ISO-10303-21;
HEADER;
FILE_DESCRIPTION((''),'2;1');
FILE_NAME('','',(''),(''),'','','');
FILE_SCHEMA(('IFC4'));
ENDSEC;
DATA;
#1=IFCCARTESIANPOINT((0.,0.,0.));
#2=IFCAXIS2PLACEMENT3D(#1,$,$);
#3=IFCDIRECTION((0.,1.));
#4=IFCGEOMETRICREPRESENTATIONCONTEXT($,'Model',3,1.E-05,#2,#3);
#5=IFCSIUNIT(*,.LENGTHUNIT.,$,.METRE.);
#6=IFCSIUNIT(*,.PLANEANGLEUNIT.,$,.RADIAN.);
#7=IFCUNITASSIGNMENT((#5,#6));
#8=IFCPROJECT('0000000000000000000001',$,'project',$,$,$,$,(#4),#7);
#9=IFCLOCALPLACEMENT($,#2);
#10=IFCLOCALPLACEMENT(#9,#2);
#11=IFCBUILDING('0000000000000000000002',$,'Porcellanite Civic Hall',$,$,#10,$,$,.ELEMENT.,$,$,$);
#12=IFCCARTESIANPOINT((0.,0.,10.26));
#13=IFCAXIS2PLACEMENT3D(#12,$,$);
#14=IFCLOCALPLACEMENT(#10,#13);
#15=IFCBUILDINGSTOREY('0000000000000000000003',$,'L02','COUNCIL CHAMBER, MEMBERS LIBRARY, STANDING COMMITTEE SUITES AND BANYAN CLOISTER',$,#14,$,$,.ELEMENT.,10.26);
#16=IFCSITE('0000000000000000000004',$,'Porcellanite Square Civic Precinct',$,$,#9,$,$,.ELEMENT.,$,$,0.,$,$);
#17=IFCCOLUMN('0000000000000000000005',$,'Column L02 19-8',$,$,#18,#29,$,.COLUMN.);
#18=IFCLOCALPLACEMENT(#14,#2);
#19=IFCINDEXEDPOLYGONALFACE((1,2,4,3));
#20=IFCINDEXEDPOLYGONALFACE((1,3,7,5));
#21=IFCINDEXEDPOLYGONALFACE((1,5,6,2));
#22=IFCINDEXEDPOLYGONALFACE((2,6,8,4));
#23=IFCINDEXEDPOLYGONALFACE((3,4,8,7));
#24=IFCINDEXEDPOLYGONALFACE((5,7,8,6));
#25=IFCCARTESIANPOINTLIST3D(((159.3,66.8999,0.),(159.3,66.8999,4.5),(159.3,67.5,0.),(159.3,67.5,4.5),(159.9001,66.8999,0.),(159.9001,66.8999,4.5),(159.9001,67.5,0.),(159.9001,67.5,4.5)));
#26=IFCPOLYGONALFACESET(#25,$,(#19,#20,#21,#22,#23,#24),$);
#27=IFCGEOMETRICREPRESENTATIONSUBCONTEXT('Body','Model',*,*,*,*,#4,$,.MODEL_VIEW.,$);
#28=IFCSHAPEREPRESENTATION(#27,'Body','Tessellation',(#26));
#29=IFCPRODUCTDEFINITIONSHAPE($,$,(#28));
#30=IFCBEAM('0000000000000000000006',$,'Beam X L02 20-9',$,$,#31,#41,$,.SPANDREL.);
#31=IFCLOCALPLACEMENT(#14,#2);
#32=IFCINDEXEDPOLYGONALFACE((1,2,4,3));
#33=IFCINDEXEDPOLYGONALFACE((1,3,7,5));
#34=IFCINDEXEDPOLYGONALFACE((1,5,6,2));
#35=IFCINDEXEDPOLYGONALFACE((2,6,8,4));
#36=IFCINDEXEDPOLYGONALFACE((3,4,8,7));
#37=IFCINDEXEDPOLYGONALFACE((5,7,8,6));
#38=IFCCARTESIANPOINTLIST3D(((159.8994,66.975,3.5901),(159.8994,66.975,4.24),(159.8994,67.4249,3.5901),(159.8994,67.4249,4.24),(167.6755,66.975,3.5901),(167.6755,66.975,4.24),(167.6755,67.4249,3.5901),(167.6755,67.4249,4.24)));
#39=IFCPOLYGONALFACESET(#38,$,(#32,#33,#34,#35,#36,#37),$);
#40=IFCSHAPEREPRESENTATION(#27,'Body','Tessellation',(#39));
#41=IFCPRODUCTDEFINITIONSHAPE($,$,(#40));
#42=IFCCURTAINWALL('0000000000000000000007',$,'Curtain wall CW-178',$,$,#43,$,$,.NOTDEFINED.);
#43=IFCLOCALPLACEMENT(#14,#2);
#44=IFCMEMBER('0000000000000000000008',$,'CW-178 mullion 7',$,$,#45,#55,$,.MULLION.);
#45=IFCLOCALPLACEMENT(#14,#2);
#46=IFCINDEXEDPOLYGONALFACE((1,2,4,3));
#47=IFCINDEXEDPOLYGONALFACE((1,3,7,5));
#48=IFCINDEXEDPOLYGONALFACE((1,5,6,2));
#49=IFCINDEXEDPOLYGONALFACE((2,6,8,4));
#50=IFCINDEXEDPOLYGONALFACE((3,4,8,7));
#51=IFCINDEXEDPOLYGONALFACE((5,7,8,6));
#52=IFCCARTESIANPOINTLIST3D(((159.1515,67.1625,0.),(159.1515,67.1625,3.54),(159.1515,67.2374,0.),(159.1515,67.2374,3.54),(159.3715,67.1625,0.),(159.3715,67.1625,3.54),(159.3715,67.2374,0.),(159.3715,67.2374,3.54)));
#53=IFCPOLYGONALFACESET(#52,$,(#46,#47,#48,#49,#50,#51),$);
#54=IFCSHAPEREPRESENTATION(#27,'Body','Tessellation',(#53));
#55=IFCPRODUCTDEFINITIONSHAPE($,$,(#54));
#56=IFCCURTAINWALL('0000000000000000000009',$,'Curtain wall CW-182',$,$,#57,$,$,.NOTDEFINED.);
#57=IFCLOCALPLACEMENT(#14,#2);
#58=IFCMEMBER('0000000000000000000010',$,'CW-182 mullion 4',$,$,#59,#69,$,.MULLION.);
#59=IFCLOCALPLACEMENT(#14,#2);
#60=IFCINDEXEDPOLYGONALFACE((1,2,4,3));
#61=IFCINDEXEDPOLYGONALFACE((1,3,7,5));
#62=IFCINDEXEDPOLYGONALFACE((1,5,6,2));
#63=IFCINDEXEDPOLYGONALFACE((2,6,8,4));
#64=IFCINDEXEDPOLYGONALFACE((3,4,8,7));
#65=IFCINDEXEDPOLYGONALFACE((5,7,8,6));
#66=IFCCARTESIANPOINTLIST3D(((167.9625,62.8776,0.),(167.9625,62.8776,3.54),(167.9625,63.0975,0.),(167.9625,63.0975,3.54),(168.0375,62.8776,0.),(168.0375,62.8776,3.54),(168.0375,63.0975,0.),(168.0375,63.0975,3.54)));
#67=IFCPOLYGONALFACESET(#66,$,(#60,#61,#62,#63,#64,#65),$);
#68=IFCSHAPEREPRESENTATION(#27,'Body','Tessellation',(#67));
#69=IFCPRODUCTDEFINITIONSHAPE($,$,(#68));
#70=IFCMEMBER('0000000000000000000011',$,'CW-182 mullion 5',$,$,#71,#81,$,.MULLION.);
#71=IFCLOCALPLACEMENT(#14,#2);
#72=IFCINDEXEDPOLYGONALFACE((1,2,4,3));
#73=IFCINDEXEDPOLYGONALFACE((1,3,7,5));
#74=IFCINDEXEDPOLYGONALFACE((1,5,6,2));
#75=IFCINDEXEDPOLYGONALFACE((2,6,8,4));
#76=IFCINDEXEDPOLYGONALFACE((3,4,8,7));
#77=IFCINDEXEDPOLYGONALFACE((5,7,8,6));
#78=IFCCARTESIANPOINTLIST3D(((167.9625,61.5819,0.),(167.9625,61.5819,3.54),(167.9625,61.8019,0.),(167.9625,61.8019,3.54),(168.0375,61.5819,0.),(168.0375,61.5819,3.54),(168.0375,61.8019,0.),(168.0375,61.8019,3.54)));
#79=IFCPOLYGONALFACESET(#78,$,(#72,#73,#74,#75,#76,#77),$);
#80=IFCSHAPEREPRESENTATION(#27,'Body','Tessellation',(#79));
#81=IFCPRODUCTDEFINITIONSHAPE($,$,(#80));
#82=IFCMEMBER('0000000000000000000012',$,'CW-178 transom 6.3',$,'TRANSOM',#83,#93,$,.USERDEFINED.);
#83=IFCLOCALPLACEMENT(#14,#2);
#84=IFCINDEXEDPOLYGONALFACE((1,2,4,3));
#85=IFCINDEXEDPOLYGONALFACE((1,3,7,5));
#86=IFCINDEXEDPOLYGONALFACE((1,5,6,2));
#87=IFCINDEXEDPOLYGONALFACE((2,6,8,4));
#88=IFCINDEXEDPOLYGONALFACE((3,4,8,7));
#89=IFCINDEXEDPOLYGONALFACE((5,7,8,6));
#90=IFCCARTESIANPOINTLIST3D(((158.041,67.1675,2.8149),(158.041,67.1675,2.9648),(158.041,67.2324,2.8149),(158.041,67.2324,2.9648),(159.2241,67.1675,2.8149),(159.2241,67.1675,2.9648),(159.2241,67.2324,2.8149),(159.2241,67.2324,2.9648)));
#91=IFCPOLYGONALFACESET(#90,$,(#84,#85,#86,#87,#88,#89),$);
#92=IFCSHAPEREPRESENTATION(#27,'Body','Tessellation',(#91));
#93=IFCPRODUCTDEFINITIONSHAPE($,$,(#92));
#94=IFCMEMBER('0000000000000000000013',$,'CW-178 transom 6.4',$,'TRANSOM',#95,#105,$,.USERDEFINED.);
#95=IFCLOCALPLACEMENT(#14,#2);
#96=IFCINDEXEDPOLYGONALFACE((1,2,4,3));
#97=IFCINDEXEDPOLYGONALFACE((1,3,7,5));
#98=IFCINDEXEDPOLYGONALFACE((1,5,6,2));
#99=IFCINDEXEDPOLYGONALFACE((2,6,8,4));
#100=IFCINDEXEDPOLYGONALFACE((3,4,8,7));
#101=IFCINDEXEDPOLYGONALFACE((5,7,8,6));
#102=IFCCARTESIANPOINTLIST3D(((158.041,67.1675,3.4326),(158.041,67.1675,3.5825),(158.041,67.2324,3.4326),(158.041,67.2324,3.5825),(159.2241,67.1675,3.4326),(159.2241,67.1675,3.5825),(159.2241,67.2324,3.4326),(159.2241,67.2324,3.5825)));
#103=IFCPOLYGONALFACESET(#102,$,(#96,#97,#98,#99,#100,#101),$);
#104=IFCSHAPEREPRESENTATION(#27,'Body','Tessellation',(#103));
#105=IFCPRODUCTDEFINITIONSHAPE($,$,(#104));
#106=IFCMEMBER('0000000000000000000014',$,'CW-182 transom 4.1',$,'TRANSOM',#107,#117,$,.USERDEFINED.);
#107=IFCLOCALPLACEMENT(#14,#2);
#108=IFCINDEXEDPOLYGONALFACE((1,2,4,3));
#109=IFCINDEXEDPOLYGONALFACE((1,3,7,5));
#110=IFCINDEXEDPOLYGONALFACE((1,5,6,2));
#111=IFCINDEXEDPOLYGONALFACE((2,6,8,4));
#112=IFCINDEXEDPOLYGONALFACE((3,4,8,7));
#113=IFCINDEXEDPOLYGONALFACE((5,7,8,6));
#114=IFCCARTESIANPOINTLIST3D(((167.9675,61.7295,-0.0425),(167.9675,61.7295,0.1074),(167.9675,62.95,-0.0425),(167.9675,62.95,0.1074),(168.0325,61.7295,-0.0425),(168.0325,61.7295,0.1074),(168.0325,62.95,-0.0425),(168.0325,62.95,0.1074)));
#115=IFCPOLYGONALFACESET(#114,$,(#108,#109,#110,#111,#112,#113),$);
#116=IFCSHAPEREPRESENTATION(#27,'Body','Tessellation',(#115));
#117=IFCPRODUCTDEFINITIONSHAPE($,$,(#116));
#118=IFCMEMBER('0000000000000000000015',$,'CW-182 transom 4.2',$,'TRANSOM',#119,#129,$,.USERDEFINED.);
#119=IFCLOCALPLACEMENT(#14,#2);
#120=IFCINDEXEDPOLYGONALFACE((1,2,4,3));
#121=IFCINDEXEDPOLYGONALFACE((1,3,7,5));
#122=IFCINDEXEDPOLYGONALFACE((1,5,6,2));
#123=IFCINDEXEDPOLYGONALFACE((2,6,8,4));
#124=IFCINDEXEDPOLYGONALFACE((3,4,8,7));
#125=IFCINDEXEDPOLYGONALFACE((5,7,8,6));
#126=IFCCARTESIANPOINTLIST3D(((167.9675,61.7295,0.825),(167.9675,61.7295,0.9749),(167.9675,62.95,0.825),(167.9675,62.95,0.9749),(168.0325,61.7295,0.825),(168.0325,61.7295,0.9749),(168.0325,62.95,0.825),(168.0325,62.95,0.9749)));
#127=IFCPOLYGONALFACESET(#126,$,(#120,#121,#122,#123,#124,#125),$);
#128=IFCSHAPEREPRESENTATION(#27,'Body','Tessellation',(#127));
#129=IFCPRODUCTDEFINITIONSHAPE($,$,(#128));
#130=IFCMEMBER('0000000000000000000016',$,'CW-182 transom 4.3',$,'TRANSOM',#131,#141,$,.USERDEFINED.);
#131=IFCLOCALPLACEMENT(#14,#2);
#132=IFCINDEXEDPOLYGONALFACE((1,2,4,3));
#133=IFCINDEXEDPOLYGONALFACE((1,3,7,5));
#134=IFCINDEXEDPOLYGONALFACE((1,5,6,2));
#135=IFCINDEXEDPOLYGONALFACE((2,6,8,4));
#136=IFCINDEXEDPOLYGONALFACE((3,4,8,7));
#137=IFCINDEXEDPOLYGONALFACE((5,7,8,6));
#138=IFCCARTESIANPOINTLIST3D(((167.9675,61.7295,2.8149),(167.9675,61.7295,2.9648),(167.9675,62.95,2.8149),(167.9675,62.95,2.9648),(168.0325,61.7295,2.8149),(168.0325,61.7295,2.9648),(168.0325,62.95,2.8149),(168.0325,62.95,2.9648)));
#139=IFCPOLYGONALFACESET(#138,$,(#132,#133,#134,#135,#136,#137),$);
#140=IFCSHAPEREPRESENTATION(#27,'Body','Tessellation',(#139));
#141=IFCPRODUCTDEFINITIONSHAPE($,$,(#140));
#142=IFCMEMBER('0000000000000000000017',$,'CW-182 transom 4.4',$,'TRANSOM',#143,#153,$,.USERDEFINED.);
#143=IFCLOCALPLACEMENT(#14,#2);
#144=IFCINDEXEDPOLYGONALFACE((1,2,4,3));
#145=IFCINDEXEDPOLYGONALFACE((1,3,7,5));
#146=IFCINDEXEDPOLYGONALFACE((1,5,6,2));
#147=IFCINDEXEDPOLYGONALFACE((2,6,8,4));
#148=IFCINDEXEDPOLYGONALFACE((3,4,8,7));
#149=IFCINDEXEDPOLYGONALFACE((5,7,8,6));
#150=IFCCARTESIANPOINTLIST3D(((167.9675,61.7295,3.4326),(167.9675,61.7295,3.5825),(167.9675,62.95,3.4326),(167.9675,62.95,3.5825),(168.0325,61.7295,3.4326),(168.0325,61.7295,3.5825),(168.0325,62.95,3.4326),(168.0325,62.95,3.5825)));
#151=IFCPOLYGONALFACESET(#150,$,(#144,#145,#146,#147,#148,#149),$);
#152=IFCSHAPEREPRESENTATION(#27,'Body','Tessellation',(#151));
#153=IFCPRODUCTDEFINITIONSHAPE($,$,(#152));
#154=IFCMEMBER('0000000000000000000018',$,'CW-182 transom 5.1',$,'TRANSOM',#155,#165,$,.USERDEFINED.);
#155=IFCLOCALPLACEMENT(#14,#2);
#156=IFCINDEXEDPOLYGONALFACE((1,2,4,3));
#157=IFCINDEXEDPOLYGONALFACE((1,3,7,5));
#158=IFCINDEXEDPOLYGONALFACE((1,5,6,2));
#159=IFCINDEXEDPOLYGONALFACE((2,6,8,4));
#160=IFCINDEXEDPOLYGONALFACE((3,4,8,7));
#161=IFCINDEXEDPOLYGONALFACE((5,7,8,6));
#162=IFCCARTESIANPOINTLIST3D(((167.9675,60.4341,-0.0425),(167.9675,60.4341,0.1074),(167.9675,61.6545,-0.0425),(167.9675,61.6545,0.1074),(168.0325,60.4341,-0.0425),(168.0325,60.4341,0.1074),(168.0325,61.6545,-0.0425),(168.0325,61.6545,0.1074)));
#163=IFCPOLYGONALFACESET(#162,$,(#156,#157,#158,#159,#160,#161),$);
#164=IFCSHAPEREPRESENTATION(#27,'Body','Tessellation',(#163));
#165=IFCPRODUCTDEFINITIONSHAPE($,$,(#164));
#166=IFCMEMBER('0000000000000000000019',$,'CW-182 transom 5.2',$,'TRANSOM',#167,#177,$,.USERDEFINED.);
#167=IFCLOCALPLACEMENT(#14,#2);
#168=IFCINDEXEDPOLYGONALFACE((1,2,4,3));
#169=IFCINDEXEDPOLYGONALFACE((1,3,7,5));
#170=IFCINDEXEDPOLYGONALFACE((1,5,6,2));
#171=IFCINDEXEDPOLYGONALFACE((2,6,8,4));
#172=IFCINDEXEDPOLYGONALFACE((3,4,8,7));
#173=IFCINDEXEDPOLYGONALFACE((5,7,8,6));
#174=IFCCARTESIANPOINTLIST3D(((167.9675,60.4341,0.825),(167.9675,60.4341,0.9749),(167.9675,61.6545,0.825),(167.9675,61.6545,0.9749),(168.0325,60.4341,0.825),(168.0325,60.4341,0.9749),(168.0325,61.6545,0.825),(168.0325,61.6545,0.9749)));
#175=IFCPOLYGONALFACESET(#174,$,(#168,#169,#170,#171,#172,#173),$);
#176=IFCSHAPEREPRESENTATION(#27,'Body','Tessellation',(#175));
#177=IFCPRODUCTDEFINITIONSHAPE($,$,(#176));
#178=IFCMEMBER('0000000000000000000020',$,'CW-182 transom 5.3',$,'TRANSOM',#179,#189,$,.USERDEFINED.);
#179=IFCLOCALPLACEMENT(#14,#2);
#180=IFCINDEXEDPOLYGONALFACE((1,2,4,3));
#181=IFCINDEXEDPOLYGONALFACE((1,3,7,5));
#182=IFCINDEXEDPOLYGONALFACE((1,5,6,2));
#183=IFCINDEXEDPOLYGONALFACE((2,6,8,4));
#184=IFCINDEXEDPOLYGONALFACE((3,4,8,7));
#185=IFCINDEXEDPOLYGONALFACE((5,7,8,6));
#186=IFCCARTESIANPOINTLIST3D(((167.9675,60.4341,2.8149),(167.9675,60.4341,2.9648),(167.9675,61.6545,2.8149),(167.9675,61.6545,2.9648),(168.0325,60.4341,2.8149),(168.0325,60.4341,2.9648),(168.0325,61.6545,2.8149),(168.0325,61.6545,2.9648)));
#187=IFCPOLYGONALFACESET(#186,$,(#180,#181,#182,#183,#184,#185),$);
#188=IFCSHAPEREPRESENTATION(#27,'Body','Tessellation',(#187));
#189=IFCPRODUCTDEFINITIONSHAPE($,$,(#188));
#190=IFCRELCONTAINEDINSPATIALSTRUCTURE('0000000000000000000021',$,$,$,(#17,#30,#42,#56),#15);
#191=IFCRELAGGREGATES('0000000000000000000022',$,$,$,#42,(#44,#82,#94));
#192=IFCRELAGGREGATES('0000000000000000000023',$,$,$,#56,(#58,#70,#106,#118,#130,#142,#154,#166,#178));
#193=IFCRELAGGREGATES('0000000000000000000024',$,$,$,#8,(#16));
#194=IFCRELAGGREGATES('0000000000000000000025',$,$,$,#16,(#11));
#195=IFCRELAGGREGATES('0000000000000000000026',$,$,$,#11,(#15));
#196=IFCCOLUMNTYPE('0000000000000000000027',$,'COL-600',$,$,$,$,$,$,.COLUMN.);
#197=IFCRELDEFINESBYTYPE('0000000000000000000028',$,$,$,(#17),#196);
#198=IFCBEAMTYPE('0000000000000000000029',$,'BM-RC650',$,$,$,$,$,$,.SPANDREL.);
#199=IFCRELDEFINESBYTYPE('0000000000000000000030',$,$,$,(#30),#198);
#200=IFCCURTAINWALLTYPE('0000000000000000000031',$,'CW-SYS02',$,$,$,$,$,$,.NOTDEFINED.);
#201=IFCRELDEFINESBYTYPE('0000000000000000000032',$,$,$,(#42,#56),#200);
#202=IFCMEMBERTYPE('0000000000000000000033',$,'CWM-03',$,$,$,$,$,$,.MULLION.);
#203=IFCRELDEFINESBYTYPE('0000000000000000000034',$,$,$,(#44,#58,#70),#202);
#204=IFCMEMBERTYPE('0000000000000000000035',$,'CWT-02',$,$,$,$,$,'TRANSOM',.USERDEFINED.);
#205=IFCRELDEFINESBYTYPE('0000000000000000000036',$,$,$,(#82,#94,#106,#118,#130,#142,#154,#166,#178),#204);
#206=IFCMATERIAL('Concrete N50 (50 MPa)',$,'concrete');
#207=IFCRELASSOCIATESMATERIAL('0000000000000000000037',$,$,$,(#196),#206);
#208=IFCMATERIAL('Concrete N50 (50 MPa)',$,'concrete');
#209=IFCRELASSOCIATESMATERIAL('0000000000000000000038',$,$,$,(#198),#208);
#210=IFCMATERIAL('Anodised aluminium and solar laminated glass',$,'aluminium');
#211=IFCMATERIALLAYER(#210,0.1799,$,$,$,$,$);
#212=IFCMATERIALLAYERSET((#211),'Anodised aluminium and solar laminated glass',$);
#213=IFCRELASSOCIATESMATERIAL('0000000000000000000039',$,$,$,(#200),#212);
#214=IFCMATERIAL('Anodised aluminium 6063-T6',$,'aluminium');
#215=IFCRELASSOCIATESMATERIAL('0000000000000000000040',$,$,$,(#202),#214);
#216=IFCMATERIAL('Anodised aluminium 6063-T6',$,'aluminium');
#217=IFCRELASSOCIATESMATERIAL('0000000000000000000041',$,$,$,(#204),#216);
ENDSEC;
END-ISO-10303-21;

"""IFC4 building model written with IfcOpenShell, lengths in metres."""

from ifc_helpers import new_model, si_unit, direction, frame, origin, origin_2d, place, context, subcontext, project, spatial, rectangle, extrude, material, layer, layer_set, material_profile, profile_set, type_object, element, aggregate, save


model = new_model("IFC4")

# Units and contexts
model_context = context("Model", 3, precision=1e-05, world=origin(), true_north=direction((0.0, 1.0)))
body_context = subcontext(model_context, "Body", "Model", "MODEL_VIEW")
ifc_project = project(units=[si_unit("LENGTHUNIT", "METRE"), si_unit("PLANEANGLEUNIT", "RADIAN")], contexts=[model_context])

# Site, building, storey
site_placement = place(None, origin())
site = spatial("IfcSite", under=ifc_project, at=site_placement, Name="Porcellanite Square Civic Precinct", CompositionType="ELEMENT", RefElevation=0.0)
building_placement = place(site_placement, origin())
building = spatial("IfcBuilding", under=site, at=building_placement, Name="Porcellanite Civic Hall", CompositionType="ELEMENT")
storey_placement = place(building_placement, frame((0.0, 0.0, 10.26)))
storey = spatial("IfcBuildingStorey", under=building, at=storey_placement, Name="L02", Description="COUNCIL CHAMBER, MEMBERS LIBRARY, STANDING COMMITTEE SUITES AND BANYAN CLOISTER", CompositionType="ELEMENT", Elevation=10.26)

# Column
ifc_material_1 = material(Name="Concrete N50 (50 MPa)", Category="concrete")
ifc_material_profile_1 = material_profile(ifc_material_1, rectangle(XDim=0.6001, YDim=0.6001, at=origin_2d()), Name="RC-600x600")
ifc_profile_set_1 = profile_set([ifc_material_profile_1], Name="Concrete N50 (50 MPa)")
column_type = type_object("IfcColumnType", Name="COL-600", PredefinedType="COLUMN", material=ifc_profile_set_1)
column_placement = place(storey_placement, frame((159.6001, 67.2, 0.0), z_axis=(0.0, 0.0, 1.0), x_axis=(1.0, 0.0, 0.0)))
element("IfcColumn", 1, at=column_placement, inside=storey, type_object=column_type, Name="Column L02 19-8", PredefinedType="COLUMN", context=body_context, shape_type="SweptSolid", body=[
    extrude(rectangle(XDim=0.6001, YDim=0.6001, at=origin_2d()), origin(), (0.0, 0.0, 1.0), 4.5),
])

# Beam
ifc_material_2 = material(Name="Concrete N50 (50 MPa)", Category="concrete")
ifc_material_profile_2 = material_profile(ifc_material_2, rectangle(XDim=0.45, YDim=0.6499, at=origin_2d()), Name="RC-450x650")
ifc_profile_set_2 = profile_set([ifc_material_profile_2], Name="Concrete N50 (50 MPa)")
beam_type = type_object("IfcBeamType", Name="BM-RC650", PredefinedType="SPANDREL", material=ifc_profile_set_2)
beam_placement = place(storey_placement, frame((159.8994, 67.2, 3.915), z_axis=(1.0, 0.0, 0.0), x_axis=(0.0, 1.0, 0.0)))
element("IfcBeam", 2, at=beam_placement, inside=storey, type_object=beam_type, Name="Beam X L02 20-9", PredefinedType="SPANDREL", context=body_context, shape_type="SweptSolid", body=[
    extrude(rectangle(XDim=0.45, YDim=0.6499, at=origin_2d()), origin(), (0.0, 0.0, 1.0), 7.7761),
])

# Curtain wall, member
ifc_material_3 = material(Name="Anodised aluminium and solar laminated glass", Category="aluminium")
ifc_layer_1 = layer(ifc_material_3, 0.1799)
ifc_layer_set_1 = layer_set([ifc_layer_1], Name="Anodised aluminium and solar laminated glass")
curtain_wall_type = type_object("IfcCurtainWallType", Name="CW-SYS02", PredefinedType="NOTDEFINED", material=ifc_layer_set_1)
curtain_wall_1_placement = place(storey_placement, origin())
curtain_wall_1 = element("IfcCurtainWall", 3, at=curtain_wall_1_placement, inside=storey, type_object=curtain_wall_type, Name="Curtain wall CW-178", PredefinedType="NOTDEFINED")
ifc_material_4 = material(Name="Anodised aluminium 6063-T6", Category="aluminium")
ifc_material_profile_3 = material_profile(ifc_material_4, rectangle(XDim=0.075, YDim=0.22, at=origin_2d()), Name="AL-75x220")
ifc_profile_set_3 = profile_set([ifc_material_profile_3], Name="Anodised aluminium 6063-T6")
member_type_1 = type_object("IfcMemberType", Name="CWM-03", PredefinedType="MULLION", material=ifc_profile_set_3)
member_1_placement = place(storey_placement, frame((159.2615, 67.2, 0.0), z_axis=(0.0, 0.0, 1.0), x_axis=(0.0, 1.0, 0.0)))
member_1 = element("IfcMember", 4, at=member_1_placement, type_object=member_type_1, Name="CW-178 mullion 7", PredefinedType="MULLION", context=body_context, shape_type="SweptSolid", body=[
    extrude(rectangle(XDim=0.075, YDim=0.22, at=origin_2d()), origin(), (0.0, 0.0, 1.0), 3.54),
])

# Curtain wall, members
curtain_wall_2_placement = place(storey_placement, origin())
curtain_wall_2 = element("IfcCurtainWall", 5, at=curtain_wall_2_placement, inside=storey, type_object=curtain_wall_type, Name="Curtain wall CW-182", PredefinedType="NOTDEFINED")
member_2_placement = place(storey_placement, frame((168.0, 62.9875, 0.0), z_axis=(0.0, 0.0, 1.0), x_axis=(1.0, 0.0, 0.0)))
member_2 = element("IfcMember", 6, at=member_2_placement, type_object=member_type_1, Name="CW-182 mullion 4", PredefinedType="MULLION", context=body_context, shape_type="SweptSolid", body=[
    extrude(rectangle(XDim=0.075, YDim=0.22, at=origin_2d()), origin(), (0.0, 0.0, 1.0), 3.54),
])
member_3_placement = place(storey_placement, frame((168.0, 61.6919, 0.0), z_axis=(0.0, 0.0, 1.0), x_axis=(1.0, 0.0, 0.0)))
member_3 = element("IfcMember", 7, at=member_3_placement, type_object=member_type_1, Name="CW-182 mullion 5", PredefinedType="MULLION", context=body_context, shape_type="SweptSolid", body=[
    extrude(rectangle(XDim=0.075, YDim=0.22, at=origin_2d()), origin(), (0.0, 0.0, 1.0), 3.54),
])

# Members
ifc_material_5 = material(Name="Anodised aluminium 6063-T6", Category="aluminium")
ifc_material_profile_4 = material_profile(ifc_material_5, rectangle(XDim=0.0649, YDim=0.1499, at=origin_2d()), Name="AL-65x150")
ifc_profile_set_4 = profile_set([ifc_material_profile_4], Name="Anodised aluminium 6063-T6")
member_type_2 = type_object("IfcMemberType", Name="CWT-02", ElementType="TRANSOM", PredefinedType="USERDEFINED", material=ifc_profile_set_4)
member_4_placement = place(storey_placement, frame((158.041, 67.2, 2.8899), z_axis=(1.0, 0.0, 0.0), x_axis=(0.0, 1.0, 0.0)))
member_4 = element("IfcMember", 8, at=member_4_placement, type_object=member_type_2, Name="CW-178 transom 6.3", ObjectType="TRANSOM", PredefinedType="USERDEFINED", context=body_context, shape_type="SweptSolid", body=[
    extrude(rectangle(XDim=0.0649, YDim=0.1499, at=origin_2d()), origin(), (0.0, 0.0, 1.0), 1.1831),
])
member_5_placement = place(storey_placement, frame((158.041, 67.2, 3.5076), z_axis=(1.0, 0.0, 0.0), x_axis=(0.0, 1.0, 0.0)))
member_5 = element("IfcMember", 9, at=member_5_placement, type_object=member_type_2, Name="CW-178 transom 6.4", ObjectType="TRANSOM", PredefinedType="USERDEFINED", context=body_context, shape_type="SweptSolid", body=[
    extrude(rectangle(XDim=0.0649, YDim=0.1499, at=origin_2d()), origin(), (0.0, 0.0, 1.0), 1.1831),
])
member_6_placement = place(storey_placement, frame((168.0, 62.95, 0.0325), z_axis=(0.0, -1.0, 0.0), x_axis=(1.0, 0.0, 0.0)))
member_6 = element("IfcMember", 10, at=member_6_placement, type_object=member_type_2, Name="CW-182 transom 4.1", ObjectType="TRANSOM", PredefinedType="USERDEFINED", context=body_context, shape_type="SweptSolid", body=[
    extrude(rectangle(XDim=0.0649, YDim=0.1499, at=origin_2d()), origin(), (0.0, 0.0, 1.0), 1.2205),
])
member_7_placement = place(storey_placement, frame((168.0, 62.95, 0.8999), z_axis=(0.0, -1.0, 0.0), x_axis=(1.0, 0.0, 0.0)))
member_7 = element("IfcMember", 11, at=member_7_placement, type_object=member_type_2, Name="CW-182 transom 4.2", ObjectType="TRANSOM", PredefinedType="USERDEFINED", context=body_context, shape_type="SweptSolid", body=[
    extrude(rectangle(XDim=0.0649, YDim=0.1499, at=origin_2d()), origin(), (0.0, 0.0, 1.0), 1.2205),
])
member_8_placement = place(storey_placement, frame((168.0, 62.95, 2.8899), z_axis=(0.0, -1.0, 0.0), x_axis=(1.0, 0.0, 0.0)))
member_8 = element("IfcMember", 12, at=member_8_placement, type_object=member_type_2, Name="CW-182 transom 4.3", ObjectType="TRANSOM", PredefinedType="USERDEFINED", context=body_context, shape_type="SweptSolid", body=[
    extrude(rectangle(XDim=0.0649, YDim=0.1499, at=origin_2d()), origin(), (0.0, 0.0, 1.0), 1.2205),
])
member_9_placement = place(storey_placement, frame((168.0, 62.95, 3.5076), z_axis=(0.0, -1.0, 0.0), x_axis=(1.0, 0.0, 0.0)))
member_9 = element("IfcMember", 13, at=member_9_placement, type_object=member_type_2, Name="CW-182 transom 4.4", ObjectType="TRANSOM", PredefinedType="USERDEFINED", context=body_context, shape_type="SweptSolid", body=[
    extrude(rectangle(XDim=0.0649, YDim=0.1499, at=origin_2d()), origin(), (0.0, 0.0, 1.0), 1.2205),
])
member_10_placement = place(storey_placement, frame((168.0, 61.6545, 0.0325), z_axis=(0.0, -1.0, 0.0), x_axis=(1.0, 0.0, 0.0)))
member_10 = element("IfcMember", 14, at=member_10_placement, type_object=member_type_2, Name="CW-182 transom 5.1", ObjectType="TRANSOM", PredefinedType="USERDEFINED", context=body_context, shape_type="SweptSolid", body=[
    extrude(rectangle(XDim=0.0649, YDim=0.1499, at=origin_2d()), origin(), (0.0, 0.0, 1.0), 1.2205),
])
member_11_placement = place(storey_placement, frame((168.0, 61.6545, 0.8999), z_axis=(0.0, -1.0, 0.0), x_axis=(1.0, 0.0, 0.0)))
member_11 = element("IfcMember", 15, at=member_11_placement, type_object=member_type_2, Name="CW-182 transom 5.2", ObjectType="TRANSOM", PredefinedType="USERDEFINED", context=body_context, shape_type="SweptSolid", body=[
    extrude(rectangle(XDim=0.0649, YDim=0.1499, at=origin_2d()), origin(), (0.0, 0.0, 1.0), 1.2205),
])
member_12_placement = place(storey_placement, frame((168.0, 61.6545, 2.8899), z_axis=(0.0, -1.0, 0.0), x_axis=(1.0, 0.0, 0.0)))
member_12 = element("IfcMember", 16, at=member_12_placement, type_object=member_type_2, Name="CW-182 transom 5.3", ObjectType="TRANSOM", PredefinedType="USERDEFINED", context=body_context, shape_type="SweptSolid", body=[
    extrude(rectangle(XDim=0.0649, YDim=0.1499, at=origin_2d()), origin(), (0.0, 0.0, 1.0), 1.2205),
])

aggregate(curtain_wall_1, [member_1, member_4, member_5])
aggregate(curtain_wall_2, [member_2, member_3, member_6, member_7, member_8, member_9, member_10, member_11, member_12])

save(model, "model.ifc")
